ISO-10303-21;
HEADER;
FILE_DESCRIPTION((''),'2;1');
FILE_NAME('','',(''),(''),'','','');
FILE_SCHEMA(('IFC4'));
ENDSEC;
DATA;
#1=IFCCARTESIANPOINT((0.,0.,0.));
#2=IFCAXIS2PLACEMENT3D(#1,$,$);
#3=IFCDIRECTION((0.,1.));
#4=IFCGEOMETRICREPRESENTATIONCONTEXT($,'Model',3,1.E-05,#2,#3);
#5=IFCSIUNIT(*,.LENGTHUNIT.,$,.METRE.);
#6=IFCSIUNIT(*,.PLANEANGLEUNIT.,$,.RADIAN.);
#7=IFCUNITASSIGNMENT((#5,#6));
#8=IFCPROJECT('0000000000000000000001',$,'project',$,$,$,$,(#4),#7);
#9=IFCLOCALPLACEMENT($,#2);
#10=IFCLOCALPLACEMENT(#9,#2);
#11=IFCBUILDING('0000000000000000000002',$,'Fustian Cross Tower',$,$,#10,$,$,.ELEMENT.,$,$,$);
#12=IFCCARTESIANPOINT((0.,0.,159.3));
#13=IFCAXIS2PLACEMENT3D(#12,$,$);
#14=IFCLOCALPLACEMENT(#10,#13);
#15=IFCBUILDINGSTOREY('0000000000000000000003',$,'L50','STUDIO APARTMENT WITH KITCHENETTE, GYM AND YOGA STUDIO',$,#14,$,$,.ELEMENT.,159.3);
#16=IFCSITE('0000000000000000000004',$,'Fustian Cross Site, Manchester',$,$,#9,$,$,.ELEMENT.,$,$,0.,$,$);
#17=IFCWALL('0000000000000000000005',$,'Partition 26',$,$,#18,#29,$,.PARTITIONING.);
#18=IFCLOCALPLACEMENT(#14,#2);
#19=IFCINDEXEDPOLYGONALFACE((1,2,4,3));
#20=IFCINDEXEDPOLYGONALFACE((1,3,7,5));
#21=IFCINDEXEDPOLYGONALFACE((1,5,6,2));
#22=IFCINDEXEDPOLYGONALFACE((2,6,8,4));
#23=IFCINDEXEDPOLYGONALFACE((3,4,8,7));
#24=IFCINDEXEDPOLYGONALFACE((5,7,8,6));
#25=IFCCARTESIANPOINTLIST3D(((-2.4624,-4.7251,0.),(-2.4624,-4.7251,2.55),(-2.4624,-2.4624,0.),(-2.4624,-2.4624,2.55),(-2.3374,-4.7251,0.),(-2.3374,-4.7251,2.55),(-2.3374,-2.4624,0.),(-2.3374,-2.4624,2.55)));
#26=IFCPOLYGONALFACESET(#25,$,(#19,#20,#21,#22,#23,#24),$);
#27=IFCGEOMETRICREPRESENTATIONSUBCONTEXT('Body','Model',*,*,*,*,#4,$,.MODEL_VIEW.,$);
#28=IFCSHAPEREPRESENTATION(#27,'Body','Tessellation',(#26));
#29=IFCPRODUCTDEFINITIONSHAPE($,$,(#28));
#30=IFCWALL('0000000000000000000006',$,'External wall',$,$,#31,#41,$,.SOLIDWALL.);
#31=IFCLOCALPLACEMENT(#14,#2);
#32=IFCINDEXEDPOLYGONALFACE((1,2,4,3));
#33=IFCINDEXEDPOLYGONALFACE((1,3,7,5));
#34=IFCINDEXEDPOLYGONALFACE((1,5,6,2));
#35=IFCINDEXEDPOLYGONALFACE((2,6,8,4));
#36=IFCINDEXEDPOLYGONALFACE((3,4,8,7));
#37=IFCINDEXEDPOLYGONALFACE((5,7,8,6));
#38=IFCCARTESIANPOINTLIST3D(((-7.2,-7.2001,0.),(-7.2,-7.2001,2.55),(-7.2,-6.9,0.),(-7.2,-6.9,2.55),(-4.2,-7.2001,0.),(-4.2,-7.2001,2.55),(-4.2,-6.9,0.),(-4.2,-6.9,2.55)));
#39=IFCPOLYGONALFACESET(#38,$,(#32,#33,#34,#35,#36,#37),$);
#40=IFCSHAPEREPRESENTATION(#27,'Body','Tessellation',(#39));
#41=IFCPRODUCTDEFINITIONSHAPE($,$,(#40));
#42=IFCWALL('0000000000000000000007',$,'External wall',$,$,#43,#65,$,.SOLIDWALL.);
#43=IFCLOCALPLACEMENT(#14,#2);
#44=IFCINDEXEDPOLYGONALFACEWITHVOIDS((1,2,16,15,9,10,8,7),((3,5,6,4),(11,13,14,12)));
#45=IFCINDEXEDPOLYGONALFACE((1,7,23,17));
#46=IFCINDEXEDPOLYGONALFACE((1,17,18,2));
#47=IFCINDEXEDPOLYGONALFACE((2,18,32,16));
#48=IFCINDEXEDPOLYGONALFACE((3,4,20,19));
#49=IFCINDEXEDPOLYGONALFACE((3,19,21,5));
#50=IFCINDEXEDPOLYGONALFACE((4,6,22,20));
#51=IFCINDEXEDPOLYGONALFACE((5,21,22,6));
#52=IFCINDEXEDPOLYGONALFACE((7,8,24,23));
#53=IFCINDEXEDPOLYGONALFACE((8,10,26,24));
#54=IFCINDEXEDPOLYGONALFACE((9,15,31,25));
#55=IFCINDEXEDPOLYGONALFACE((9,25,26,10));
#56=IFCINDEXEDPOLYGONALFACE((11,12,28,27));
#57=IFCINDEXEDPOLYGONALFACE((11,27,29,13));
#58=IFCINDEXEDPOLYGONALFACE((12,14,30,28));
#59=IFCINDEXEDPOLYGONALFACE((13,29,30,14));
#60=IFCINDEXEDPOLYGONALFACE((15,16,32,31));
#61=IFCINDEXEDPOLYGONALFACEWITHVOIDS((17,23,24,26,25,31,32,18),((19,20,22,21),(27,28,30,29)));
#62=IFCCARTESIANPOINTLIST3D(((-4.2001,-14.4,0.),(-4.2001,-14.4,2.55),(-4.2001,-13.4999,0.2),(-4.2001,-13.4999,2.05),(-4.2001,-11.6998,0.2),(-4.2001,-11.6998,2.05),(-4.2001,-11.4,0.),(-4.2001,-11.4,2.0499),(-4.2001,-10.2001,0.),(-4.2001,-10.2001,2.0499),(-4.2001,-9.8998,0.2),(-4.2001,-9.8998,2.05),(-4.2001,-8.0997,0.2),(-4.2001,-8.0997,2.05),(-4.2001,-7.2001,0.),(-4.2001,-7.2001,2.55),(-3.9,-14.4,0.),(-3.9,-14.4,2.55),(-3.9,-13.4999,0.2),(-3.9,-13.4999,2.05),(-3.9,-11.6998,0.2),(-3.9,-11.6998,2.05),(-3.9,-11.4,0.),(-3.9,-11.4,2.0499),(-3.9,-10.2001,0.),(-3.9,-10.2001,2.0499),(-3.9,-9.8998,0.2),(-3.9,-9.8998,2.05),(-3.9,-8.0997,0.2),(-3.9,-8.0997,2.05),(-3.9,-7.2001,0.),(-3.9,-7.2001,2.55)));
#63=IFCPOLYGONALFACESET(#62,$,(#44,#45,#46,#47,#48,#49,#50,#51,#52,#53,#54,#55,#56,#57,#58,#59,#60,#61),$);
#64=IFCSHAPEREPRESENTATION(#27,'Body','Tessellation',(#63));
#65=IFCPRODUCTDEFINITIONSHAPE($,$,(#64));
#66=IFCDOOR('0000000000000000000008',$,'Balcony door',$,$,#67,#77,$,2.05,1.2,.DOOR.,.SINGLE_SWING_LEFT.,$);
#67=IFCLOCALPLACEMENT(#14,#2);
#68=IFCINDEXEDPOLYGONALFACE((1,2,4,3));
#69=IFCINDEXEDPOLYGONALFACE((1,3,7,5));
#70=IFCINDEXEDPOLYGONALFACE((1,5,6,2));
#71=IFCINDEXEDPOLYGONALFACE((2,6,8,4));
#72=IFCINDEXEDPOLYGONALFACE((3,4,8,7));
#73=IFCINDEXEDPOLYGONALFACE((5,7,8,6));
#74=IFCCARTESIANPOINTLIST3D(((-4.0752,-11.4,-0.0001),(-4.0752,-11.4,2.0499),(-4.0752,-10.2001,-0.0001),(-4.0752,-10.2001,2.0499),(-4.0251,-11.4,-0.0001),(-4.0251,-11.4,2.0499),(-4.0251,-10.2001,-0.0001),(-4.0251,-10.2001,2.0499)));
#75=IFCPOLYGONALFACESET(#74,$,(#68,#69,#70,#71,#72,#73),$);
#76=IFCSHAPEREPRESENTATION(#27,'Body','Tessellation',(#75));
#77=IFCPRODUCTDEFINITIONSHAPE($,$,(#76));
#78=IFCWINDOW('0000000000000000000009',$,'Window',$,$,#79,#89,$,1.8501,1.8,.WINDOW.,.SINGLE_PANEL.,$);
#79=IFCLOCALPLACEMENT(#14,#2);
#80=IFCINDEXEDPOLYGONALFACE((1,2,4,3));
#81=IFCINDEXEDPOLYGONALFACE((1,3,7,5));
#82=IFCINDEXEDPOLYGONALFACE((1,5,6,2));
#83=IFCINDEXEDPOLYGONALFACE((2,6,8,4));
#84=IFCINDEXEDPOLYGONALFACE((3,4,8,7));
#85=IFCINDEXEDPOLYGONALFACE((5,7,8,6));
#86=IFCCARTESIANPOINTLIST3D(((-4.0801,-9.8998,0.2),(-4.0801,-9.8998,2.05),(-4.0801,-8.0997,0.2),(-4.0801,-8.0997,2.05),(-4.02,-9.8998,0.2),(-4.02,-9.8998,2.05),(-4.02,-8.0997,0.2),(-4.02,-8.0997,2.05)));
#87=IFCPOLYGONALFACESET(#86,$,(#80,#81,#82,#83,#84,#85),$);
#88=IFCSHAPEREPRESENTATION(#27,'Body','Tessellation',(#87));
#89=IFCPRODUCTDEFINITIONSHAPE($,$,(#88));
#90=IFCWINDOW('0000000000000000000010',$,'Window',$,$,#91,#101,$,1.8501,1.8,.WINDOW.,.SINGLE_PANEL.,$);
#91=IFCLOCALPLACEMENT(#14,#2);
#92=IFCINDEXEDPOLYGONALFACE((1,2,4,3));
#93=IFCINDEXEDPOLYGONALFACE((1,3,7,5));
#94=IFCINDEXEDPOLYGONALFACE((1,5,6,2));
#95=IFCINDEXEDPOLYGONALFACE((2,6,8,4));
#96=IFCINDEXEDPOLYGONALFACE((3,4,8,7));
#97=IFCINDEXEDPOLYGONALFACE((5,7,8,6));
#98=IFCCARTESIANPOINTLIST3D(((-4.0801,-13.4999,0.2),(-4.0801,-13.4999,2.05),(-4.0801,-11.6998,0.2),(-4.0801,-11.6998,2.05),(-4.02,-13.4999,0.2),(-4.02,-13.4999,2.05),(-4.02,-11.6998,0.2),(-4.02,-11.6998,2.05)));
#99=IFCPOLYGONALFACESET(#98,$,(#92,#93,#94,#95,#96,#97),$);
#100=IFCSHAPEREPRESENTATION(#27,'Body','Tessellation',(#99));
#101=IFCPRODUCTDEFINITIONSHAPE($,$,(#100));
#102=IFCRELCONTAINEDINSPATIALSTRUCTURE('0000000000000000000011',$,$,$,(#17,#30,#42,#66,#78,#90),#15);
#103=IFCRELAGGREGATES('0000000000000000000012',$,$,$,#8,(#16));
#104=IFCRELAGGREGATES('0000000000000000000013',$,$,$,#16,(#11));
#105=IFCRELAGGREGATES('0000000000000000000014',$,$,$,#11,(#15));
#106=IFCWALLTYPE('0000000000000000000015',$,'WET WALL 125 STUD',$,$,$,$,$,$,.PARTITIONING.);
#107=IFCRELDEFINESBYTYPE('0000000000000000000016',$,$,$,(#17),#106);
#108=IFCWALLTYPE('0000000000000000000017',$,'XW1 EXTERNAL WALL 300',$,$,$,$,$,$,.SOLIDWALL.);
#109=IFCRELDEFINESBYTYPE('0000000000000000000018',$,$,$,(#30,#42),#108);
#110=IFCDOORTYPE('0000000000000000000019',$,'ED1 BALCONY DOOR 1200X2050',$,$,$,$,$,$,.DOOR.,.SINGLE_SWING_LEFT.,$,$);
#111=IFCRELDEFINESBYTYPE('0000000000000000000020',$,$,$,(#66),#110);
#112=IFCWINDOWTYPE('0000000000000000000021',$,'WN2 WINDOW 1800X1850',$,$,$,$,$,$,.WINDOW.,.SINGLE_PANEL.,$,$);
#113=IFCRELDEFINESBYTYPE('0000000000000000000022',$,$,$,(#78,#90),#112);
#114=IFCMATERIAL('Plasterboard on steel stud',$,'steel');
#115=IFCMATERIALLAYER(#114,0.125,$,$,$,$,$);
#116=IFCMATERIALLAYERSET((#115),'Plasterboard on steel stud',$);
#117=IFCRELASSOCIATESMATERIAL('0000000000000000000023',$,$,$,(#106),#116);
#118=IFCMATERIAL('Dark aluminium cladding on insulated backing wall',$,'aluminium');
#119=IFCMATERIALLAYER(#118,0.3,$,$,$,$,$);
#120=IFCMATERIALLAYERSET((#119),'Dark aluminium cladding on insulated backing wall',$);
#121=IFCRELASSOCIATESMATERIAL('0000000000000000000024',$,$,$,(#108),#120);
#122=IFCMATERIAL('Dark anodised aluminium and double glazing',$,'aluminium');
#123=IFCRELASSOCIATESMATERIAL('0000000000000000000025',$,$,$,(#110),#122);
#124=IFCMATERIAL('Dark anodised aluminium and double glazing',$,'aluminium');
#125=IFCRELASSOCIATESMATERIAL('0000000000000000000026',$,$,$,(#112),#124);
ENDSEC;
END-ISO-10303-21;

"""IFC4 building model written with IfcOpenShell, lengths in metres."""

from ifc_helpers import new_model, si_unit, direction, frame, frame_2d, origin, place, context, subcontext, project, spatial, rectangle, extrude, material, layer, layer_set, type_object, element, fill, save


model = new_model("IFC4")

# Units and contexts
model_context = context("Model", 3, precision=1e-05, world=origin(), true_north=direction((0.0, 1.0)))
body_context = subcontext(model_context, "Body", "Model", "MODEL_VIEW")
ifc_project = project(units=[si_unit("LENGTHUNIT", "METRE"), si_unit("PLANEANGLEUNIT", "RADIAN")], contexts=[model_context])

# Site, building, storey
site_placement = place(None, origin())
site = spatial("IfcSite", under=ifc_project, at=site_placement, Name="Fustian Cross Site, Manchester", CompositionType="ELEMENT", RefElevation=0.0)
building_placement = place(site_placement, origin())
building = spatial("IfcBuilding", under=site, at=building_placement, Name="Fustian Cross Tower", CompositionType="ELEMENT")
storey_placement = place(building_placement, frame((0.0, 0.0, 159.3)))
storey = spatial("IfcBuildingStorey", under=building, at=storey_placement, Name="L50", Description="STUDIO APARTMENT WITH KITCHENETTE, GYM AND YOGA STUDIO", CompositionType="ELEMENT", Elevation=159.3)

# Walls
ifc_material_1 = material(Name="Plasterboard on steel stud", Category="steel")
ifc_layer_1 = layer(ifc_material_1, 0.125)
ifc_layer_set_1 = layer_set([ifc_layer_1], Name="Plasterboard on steel stud")
wall_type_1 = type_object("IfcWallType", Name="WET WALL 125 STUD", PredefinedType="PARTITIONING", material=ifc_layer_set_1)
wall_1_placement = place(storey_placement, frame((-2.3999, -4.7251, 0.0), z_axis=(0.0, 0.0, 1.0), x_axis=(0.0, 1.0, 0.0)))
element("IfcWall", 1, at=wall_1_placement, inside=storey, type_object=wall_type_1, Name="Partition 26", PredefinedType="PARTITIONING", context=body_context, shape_type="SweptSolid", body=[
    extrude(rectangle(XDim=2.2627, YDim=0.125, at=frame_2d((1.1313, 0.0))), origin(), (0.0, 0.0, 1.0), 2.55),
])
ifc_material_2 = material(Name="Dark aluminium cladding on insulated backing wall", Category="aluminium")
ifc_layer_2 = layer(ifc_material_2, 0.3)
ifc_layer_set_2 = layer_set([ifc_layer_2], Name="Dark aluminium cladding on insulated backing wall")
wall_type_2 = type_object("IfcWallType", Name="XW1 EXTERNAL WALL 300", PredefinedType="SOLIDWALL", material=ifc_layer_set_2)
wall_2_placement = place(storey_placement, frame((-7.2, -7.05, 0.0), z_axis=(0.0, 0.0, 1.0), x_axis=(1.0, 0.0, 0.0)))
element("IfcWall", 2, at=wall_2_placement, inside=storey, type_object=wall_type_2, Name="External wall", PredefinedType="SOLIDWALL", context=body_context, shape_type="SweptSolid", body=[
    extrude(rectangle(XDim=3.0, YDim=0.3, at=frame_2d((1.5, 0.0))), origin(), (0.0, 0.0, 1.0), 2.55),
])

# Wall, openings, door, windows
wall_3_placement = place(storey_placement, frame((-4.05, -7.2, 0.0), z_axis=(0.0, 0.0, 1.0), x_axis=(0.0, -1.0, 0.0)))
wall_3 = element("IfcWall", 3, at=wall_3_placement, inside=storey, type_object=wall_type_2, Name="External wall", PredefinedType="SOLIDWALL", context=body_context, shape_type="SweptSolid", body=[
    extrude(rectangle(XDim=7.2, YDim=0.3, at=frame_2d((3.6001, 0.0))), origin(), (0.0, 0.0, 1.0), 2.55),
])
opening_1_placement = place(wall_3_placement, frame((3.0, 0.0, 0.0)))
opening_1 = element("IfcOpeningElement", 4, at=opening_1_placement, cuts=wall_3, PredefinedType="OPENING", context=body_context, shape_type="SweptSolid", body=[
    extrude(rectangle(XDim=1.2, YDim=2.05, at=frame_2d((0.6001, 1.0249))), frame((0.0, 0.1599, 0.0), z_axis=(0.0, -1.0, 0.0), x_axis=(1.0, 0.0, 0.0)), (0.0, 0.0, 1.0), 0.3201),
])
opening_2_placement = place(wall_3_placement, frame((0.8999, 0.0, 0.2)))
opening_2 = element("IfcOpeningElement", 5, at=opening_2_placement, cuts=wall_3, PredefinedType="OPENING", context=body_context, shape_type="SweptSolid", body=[
    extrude(rectangle(XDim=1.8, YDim=1.8501, at=frame_2d((0.8999, 0.925))), frame((0.0, 0.1599, 0.0), z_axis=(0.0, -1.0, 0.0), x_axis=(1.0, 0.0, 0.0)), (0.0, 0.0, 1.0), 0.3201),
])
opening_3_placement = place(wall_3_placement, frame((4.5, 0.0, 0.2)))
opening_3 = element("IfcOpeningElement", 6, at=opening_3_placement, cuts=wall_3, PredefinedType="OPENING", context=body_context, shape_type="SweptSolid", body=[
    extrude(rectangle(XDim=1.8, YDim=1.8501, at=frame_2d((0.8999, 0.925))), frame((0.0, 0.1599, 0.0), z_axis=(0.0, -1.0, 0.0), x_axis=(1.0, 0.0, 0.0)), (0.0, 0.0, 1.0), 0.3201),
])
ifc_material_3 = material(Name="Dark anodised aluminium and double glazing", Category="aluminium")
door_type_1 = type_object("IfcDoorType", Name="ED1 BALCONY DOOR 1200X2050", OperationType="SINGLE_SWING_LEFT", PredefinedType="DOOR", material=ifc_material_3)
door_1_placement = place(opening_1_placement, origin())
door_1 = element("IfcDoor", 7, at=door_1_placement, inside=storey, type_object=door_type_1, Name="Balcony door", OperationType="SINGLE_SWING_LEFT", OverallHeight=2.05, OverallWidth=1.2, PredefinedType="DOOR", context=body_context, shape_type="SweptSolid", body=[
    extrude(rectangle(XDim=1.2, YDim=2.05, at=frame_2d((0.6001, 1.0249))), frame((0.0, 0.0249, 0.0), z_axis=(0.0, -1.0, 0.0), x_axis=(1.0, 0.0, 0.0)), (0.0, 0.0, 1.0), 0.05),
])
fill(opening_1, door_1)
ifc_material_4 = material(Name="Dark anodised aluminium and double glazing", Category="aluminium")
window_type = type_object("IfcWindowType", Name="WN2 WINDOW 1800X1850", PartitioningType="SINGLE_PANEL", PredefinedType="WINDOW", material=ifc_material_4)
window_1_placement = place(opening_2_placement, origin())
window_1 = element("IfcWindow", 8, at=window_1_placement, inside=storey, type_object=window_type, Name="Window", OverallHeight=1.8501, OverallWidth=1.8, PartitioningType="SINGLE_PANEL", PredefinedType="WINDOW", context=body_context, shape_type="SweptSolid", body=[
    extrude(rectangle(XDim=1.8, YDim=1.8501, at=frame_2d((0.8999, 0.925))), frame((0.0, 0.03, 0.0), z_axis=(0.0, -1.0, 0.0), x_axis=(1.0, 0.0, 0.0)), (0.0, 0.0, 1.0), 0.0601),
])
fill(opening_2, window_1)
window_2_placement = place(opening_3_placement, origin())
window_2 = element("IfcWindow", 9, at=window_2_placement, inside=storey, type_object=window_type, Name="Window", OverallHeight=1.8501, OverallWidth=1.8, PartitioningType="SINGLE_PANEL", PredefinedType="WINDOW", context=body_context, shape_type="SweptSolid", body=[
    extrude(rectangle(XDim=1.8, YDim=1.8501, at=frame_2d((0.8999, 0.925))), frame((0.0, 0.03, 0.0), z_axis=(0.0, -1.0, 0.0), x_axis=(1.0, 0.0, 0.0)), (0.0, 0.0, 1.0), 0.0601),
])
fill(opening_3, window_2)

save(model, "model.ifc")
